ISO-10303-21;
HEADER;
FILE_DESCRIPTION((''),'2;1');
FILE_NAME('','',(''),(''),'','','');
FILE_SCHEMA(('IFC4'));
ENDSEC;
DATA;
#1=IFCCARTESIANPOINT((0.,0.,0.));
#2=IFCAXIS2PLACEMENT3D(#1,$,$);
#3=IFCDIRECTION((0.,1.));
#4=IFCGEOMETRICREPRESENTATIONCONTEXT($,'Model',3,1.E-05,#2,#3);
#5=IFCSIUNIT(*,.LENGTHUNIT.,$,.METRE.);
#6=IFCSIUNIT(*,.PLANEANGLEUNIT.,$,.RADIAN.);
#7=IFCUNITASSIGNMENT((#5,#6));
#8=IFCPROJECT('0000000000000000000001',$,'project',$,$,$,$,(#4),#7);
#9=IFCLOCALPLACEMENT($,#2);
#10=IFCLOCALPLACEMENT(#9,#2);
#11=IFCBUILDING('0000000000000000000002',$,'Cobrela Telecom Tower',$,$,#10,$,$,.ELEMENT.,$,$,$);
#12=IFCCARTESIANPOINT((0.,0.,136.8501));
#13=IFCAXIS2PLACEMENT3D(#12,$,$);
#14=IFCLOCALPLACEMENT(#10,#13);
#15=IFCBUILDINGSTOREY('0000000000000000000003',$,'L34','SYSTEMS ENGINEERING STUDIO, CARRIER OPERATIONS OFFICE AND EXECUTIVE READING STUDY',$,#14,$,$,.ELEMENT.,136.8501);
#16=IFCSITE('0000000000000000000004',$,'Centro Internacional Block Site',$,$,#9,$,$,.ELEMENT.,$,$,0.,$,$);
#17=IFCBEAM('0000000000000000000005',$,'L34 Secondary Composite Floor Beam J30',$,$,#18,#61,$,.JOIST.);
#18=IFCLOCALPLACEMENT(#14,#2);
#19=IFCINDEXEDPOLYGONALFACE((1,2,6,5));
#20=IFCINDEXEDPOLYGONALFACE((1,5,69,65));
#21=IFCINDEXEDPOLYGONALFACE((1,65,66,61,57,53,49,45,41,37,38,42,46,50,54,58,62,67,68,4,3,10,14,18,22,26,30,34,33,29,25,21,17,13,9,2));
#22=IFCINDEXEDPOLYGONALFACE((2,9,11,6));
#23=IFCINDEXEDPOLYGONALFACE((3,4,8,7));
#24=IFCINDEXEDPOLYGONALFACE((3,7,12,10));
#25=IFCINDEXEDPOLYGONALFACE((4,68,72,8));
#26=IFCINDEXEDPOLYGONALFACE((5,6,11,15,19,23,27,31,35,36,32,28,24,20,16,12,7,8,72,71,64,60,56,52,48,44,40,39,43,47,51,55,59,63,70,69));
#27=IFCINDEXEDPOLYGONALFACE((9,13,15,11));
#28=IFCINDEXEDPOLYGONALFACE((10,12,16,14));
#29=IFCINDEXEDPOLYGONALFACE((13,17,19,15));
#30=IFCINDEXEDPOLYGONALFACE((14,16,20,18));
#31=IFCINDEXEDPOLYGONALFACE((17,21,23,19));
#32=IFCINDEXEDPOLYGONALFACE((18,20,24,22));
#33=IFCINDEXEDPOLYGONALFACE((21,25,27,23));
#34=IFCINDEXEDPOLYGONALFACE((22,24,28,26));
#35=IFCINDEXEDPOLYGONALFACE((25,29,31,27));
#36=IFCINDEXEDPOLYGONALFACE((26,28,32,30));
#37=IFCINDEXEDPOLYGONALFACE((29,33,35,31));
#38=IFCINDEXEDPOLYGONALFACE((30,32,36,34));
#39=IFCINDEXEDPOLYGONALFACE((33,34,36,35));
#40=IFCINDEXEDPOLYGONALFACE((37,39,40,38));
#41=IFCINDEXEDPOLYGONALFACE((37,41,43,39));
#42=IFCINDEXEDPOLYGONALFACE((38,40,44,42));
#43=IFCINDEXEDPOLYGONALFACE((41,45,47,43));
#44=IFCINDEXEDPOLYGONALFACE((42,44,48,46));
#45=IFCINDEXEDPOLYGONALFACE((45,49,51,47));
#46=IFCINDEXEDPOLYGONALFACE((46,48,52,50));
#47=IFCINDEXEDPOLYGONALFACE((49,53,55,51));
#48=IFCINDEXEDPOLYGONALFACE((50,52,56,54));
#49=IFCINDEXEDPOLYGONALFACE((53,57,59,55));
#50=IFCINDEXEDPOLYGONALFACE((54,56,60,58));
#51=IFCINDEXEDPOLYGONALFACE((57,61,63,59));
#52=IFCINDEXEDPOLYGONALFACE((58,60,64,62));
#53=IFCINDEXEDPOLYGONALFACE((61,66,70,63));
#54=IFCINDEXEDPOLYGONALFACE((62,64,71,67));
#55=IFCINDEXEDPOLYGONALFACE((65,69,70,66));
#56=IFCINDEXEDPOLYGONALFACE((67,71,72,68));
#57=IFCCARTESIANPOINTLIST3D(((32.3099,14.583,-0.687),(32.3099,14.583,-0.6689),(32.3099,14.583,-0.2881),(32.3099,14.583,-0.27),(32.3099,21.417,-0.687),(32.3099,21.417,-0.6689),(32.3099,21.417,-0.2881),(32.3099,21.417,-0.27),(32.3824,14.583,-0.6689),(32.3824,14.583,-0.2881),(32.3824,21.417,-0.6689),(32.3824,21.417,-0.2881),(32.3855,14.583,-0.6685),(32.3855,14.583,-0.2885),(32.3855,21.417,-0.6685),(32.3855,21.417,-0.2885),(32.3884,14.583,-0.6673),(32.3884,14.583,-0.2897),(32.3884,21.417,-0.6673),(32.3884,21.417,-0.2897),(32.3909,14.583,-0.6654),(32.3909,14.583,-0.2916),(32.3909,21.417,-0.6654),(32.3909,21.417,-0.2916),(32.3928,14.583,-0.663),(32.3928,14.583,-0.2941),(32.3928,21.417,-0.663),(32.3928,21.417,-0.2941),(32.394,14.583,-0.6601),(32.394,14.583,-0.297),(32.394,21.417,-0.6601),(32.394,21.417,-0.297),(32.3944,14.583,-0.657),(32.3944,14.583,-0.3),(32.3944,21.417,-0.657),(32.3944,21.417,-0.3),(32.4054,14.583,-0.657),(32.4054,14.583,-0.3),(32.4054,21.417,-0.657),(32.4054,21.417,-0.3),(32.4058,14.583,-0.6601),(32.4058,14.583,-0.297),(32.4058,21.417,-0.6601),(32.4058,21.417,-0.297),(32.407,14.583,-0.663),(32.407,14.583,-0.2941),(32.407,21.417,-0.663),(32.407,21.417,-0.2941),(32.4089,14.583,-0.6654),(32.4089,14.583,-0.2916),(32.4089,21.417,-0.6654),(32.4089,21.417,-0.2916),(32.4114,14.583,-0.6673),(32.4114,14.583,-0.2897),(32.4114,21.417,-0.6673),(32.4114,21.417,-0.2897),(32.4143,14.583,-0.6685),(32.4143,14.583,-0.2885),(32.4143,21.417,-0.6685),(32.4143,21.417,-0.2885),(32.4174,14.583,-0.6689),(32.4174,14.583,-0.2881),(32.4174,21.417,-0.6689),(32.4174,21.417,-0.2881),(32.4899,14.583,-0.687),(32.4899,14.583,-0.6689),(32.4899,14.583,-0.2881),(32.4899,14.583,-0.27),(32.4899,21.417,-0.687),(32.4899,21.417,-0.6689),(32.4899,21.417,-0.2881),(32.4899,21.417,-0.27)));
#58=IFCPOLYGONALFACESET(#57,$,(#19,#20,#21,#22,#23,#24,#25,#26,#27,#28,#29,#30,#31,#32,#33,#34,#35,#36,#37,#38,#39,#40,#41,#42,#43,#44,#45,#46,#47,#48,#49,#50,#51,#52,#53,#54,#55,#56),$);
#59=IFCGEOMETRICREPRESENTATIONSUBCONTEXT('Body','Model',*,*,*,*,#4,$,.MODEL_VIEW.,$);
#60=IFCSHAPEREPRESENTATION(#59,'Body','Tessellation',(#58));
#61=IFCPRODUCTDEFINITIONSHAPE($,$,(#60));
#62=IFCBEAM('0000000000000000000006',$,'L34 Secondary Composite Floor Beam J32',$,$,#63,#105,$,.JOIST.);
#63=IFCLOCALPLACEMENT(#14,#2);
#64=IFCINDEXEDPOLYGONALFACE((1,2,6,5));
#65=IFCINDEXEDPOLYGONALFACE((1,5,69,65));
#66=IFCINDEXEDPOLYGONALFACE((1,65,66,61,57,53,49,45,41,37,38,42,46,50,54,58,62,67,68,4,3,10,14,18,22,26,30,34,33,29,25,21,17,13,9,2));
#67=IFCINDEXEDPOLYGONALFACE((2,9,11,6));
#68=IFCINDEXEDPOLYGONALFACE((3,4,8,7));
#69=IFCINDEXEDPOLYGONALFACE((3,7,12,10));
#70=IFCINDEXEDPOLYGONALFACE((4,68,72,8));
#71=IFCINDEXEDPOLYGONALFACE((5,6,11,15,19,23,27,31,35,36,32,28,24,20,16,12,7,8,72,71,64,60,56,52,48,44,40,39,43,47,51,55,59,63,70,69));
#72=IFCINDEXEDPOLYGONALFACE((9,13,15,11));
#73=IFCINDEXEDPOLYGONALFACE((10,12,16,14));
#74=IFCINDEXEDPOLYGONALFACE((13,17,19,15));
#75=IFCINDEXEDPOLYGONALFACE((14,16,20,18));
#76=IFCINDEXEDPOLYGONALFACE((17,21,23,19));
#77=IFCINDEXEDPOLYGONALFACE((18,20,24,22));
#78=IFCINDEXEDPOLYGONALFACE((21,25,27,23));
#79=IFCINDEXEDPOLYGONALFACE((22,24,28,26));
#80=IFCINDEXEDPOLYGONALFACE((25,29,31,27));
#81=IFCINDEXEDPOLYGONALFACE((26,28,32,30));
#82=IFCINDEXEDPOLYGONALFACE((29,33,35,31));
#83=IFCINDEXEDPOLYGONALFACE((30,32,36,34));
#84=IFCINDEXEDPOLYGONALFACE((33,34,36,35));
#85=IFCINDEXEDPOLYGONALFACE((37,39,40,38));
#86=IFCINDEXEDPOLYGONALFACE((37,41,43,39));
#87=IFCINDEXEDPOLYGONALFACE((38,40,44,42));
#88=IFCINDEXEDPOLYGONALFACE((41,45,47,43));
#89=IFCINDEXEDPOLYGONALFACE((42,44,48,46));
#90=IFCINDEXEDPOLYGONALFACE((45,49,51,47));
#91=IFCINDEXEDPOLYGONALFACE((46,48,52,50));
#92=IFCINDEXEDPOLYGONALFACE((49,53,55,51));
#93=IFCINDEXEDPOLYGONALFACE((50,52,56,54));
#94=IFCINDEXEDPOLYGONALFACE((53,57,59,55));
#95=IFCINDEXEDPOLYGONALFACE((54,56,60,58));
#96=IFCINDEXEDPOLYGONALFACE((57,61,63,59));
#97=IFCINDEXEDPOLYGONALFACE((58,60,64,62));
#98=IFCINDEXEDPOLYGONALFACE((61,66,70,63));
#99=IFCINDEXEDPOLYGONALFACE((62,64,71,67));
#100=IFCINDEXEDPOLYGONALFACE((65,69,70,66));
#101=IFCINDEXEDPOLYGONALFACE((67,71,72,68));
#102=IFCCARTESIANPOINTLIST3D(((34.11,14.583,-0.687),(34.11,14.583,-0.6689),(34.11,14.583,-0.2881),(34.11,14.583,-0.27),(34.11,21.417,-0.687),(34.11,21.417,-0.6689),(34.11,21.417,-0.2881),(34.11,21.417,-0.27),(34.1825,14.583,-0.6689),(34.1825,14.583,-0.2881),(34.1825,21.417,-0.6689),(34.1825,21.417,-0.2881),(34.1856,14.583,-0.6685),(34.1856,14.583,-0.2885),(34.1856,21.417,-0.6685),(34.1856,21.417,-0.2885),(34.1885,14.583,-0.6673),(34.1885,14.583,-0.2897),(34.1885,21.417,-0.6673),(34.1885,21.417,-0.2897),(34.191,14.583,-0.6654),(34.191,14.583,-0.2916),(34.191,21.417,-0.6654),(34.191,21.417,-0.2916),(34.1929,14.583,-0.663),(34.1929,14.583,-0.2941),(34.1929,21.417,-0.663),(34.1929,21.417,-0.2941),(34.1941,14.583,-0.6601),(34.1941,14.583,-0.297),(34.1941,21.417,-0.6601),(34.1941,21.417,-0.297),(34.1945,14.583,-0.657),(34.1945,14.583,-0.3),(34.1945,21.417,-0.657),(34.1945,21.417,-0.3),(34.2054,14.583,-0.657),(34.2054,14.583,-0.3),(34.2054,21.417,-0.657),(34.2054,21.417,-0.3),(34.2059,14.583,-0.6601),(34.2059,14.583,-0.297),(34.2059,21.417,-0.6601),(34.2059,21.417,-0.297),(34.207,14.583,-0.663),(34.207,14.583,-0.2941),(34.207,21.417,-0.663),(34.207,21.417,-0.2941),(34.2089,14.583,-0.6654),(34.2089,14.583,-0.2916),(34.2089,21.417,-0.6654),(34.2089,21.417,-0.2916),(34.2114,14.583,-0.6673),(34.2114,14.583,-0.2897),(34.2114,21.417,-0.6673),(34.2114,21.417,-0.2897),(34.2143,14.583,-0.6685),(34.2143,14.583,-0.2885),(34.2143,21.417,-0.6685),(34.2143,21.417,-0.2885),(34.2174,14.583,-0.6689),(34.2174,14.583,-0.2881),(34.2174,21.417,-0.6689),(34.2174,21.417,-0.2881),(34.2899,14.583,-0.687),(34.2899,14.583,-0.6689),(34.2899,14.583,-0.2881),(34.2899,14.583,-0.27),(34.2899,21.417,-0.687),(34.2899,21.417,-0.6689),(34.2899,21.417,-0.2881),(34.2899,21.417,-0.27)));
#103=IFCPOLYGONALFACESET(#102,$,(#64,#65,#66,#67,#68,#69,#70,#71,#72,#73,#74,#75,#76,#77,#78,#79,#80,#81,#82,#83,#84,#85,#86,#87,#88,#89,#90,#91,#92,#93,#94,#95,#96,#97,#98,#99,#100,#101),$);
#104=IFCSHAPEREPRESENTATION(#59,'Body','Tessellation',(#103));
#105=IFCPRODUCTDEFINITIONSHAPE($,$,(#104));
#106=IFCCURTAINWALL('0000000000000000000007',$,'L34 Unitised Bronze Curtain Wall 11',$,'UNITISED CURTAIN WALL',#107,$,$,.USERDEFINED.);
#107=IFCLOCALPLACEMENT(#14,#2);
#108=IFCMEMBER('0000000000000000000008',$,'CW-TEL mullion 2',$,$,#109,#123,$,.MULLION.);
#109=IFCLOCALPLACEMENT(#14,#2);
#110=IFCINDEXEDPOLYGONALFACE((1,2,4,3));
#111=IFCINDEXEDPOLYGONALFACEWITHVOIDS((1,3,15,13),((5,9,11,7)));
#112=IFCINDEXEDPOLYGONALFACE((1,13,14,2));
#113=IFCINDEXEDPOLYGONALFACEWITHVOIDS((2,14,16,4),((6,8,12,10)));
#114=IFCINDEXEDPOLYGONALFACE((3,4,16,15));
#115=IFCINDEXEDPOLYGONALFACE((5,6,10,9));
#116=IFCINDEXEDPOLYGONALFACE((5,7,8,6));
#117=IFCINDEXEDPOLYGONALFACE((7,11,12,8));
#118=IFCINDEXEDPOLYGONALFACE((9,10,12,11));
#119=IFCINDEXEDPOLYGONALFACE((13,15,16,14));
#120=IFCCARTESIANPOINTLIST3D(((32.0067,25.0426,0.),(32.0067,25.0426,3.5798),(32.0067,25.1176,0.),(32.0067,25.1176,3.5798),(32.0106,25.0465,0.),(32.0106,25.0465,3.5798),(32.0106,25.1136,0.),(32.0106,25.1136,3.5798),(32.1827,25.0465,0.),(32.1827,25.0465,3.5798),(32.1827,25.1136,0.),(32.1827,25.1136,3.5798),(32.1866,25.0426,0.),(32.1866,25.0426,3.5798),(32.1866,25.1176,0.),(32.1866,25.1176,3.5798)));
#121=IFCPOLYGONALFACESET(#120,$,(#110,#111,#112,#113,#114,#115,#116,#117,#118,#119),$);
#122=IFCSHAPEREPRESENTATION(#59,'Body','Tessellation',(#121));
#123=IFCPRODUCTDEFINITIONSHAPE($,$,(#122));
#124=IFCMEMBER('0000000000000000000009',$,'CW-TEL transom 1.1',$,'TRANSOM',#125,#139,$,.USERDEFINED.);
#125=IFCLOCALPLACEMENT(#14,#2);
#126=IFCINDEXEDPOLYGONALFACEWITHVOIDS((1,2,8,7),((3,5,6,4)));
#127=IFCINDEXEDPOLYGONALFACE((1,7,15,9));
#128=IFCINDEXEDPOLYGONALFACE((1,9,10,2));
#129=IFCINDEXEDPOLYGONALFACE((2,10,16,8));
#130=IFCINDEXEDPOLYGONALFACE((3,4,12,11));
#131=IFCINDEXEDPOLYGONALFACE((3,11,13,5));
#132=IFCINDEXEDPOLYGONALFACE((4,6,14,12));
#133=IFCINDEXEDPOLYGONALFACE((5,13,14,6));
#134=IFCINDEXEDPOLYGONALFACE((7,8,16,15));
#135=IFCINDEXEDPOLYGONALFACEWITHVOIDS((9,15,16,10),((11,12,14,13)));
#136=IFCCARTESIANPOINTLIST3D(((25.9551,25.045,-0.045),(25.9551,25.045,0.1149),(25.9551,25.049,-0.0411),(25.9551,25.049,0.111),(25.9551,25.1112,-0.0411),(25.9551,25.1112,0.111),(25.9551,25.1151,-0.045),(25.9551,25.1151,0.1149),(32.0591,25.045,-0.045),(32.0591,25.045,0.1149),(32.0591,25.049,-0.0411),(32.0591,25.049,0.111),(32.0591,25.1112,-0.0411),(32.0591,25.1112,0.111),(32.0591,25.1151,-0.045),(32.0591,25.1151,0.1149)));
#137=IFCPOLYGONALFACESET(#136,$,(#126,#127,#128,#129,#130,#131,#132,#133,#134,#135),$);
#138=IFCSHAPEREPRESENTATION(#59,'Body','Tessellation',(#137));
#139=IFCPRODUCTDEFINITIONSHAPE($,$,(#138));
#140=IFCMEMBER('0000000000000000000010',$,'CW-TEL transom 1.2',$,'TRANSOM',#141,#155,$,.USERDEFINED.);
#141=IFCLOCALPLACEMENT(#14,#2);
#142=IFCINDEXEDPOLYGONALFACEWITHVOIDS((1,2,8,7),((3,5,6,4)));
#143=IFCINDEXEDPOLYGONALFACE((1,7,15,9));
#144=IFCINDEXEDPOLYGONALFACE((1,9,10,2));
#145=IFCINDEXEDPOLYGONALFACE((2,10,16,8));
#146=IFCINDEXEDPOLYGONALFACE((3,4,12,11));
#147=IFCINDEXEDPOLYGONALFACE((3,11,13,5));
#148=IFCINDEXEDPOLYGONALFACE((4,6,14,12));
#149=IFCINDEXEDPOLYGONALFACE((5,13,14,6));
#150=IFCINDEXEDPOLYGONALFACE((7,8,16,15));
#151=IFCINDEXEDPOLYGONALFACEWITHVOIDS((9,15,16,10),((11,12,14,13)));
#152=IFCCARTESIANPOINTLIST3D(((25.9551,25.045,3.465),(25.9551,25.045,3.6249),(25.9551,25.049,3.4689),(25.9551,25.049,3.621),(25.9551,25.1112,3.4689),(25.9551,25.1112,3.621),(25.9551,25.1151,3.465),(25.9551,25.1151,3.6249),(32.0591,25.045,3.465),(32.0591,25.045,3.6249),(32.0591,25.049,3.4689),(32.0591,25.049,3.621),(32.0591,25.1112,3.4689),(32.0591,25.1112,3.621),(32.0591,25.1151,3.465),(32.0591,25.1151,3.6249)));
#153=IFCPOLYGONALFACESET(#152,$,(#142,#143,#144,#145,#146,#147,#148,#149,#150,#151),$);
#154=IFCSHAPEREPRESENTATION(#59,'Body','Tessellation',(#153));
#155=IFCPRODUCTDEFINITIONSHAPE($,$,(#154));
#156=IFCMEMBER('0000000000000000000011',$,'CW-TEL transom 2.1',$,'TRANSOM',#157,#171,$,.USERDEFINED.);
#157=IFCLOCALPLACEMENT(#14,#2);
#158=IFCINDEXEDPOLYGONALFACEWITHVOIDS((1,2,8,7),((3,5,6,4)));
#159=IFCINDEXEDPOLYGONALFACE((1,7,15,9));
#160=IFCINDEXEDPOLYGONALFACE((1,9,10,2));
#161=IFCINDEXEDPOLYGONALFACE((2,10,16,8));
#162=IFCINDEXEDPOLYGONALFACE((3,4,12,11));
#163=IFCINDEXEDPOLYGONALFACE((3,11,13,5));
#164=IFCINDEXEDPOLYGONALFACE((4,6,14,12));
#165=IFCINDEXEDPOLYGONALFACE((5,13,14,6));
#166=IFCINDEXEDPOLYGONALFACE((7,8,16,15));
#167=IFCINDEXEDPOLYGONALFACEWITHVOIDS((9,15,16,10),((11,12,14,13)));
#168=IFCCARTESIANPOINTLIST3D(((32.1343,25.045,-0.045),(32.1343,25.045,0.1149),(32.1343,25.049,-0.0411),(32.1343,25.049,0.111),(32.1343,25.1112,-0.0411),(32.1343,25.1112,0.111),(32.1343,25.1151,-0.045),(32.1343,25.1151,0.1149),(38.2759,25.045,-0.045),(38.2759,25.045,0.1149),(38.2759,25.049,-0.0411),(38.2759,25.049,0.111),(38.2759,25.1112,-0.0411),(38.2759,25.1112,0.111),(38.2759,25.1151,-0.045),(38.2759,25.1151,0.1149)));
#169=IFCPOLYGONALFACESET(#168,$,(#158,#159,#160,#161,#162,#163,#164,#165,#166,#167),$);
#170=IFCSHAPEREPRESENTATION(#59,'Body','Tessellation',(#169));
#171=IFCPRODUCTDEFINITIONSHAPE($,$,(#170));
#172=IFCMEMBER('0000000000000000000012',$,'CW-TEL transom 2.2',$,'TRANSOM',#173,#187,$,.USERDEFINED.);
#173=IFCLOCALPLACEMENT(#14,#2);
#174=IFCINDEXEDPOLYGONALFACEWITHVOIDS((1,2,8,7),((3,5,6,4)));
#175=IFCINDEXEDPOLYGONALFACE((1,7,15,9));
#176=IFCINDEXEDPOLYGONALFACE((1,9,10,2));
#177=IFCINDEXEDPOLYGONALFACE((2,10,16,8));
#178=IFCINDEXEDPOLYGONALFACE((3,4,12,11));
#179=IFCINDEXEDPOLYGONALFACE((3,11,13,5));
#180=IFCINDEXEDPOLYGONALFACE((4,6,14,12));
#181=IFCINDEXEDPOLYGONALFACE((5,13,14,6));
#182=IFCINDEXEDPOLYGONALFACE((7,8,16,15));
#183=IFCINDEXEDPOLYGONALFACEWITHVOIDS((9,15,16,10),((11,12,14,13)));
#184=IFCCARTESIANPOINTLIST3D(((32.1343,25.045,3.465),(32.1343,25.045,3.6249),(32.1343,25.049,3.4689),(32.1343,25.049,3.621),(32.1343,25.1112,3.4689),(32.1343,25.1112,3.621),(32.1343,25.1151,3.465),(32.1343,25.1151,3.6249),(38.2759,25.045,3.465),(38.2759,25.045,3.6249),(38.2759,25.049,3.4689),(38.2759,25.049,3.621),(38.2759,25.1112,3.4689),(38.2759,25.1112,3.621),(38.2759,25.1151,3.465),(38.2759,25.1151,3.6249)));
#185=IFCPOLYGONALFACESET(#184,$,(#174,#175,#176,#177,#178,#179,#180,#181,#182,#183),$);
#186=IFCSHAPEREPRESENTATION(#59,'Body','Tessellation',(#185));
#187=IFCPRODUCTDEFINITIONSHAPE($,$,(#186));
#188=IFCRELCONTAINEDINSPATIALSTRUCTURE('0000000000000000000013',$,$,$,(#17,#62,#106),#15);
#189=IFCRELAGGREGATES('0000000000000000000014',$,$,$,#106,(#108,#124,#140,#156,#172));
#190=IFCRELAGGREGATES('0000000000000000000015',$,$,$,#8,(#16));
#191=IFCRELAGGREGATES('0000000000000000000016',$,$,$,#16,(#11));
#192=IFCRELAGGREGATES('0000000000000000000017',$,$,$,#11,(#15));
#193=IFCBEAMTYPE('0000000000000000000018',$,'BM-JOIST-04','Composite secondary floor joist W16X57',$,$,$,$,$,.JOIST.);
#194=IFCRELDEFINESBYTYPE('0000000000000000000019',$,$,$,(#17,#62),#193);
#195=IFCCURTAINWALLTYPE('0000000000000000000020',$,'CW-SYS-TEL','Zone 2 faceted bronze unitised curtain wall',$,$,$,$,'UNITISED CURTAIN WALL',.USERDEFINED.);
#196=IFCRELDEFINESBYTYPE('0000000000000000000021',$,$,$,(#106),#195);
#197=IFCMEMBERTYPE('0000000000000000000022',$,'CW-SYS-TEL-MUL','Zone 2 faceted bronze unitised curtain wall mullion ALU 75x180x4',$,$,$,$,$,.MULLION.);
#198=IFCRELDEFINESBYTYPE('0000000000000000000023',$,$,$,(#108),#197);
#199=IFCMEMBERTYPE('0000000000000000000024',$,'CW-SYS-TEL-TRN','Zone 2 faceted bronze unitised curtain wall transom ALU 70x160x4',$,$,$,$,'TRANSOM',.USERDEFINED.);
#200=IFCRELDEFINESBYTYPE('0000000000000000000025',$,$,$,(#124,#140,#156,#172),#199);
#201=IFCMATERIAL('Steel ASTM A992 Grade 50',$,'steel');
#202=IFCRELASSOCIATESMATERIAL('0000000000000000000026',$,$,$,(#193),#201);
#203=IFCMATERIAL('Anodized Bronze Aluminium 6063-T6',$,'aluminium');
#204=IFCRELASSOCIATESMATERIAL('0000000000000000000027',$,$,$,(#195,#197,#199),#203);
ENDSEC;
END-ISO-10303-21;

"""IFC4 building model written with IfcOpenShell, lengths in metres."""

from ifc_helpers import new_model, si_unit, direction, frame, origin, origin_2d, place, context, subcontext, project, spatial, hollow_rectangle, i_section, extrude, material, material_profile, profile_set, type_object, element, aggregate, save


model = new_model("IFC4")

# Units and contexts
model_context = context("Model", 3, precision=1e-05, world=origin(), true_north=direction((0.0, 1.0)))
body_context = subcontext(model_context, "Body", "Model", "MODEL_VIEW")
ifc_project = project(units=[si_unit("LENGTHUNIT", "METRE"), si_unit("PLANEANGLEUNIT", "RADIAN")], contexts=[model_context])

# Site, building, storey
site_placement = place(None, origin())
site = spatial("IfcSite", under=ifc_project, at=site_placement, Name="Centro Internacional Block Site", CompositionType="ELEMENT", RefElevation=0.0)
building_placement = place(site_placement, origin())
building = spatial("IfcBuilding", under=site, at=building_placement, Name="Cobrela Telecom Tower", CompositionType="ELEMENT")
storey_placement = place(building_placement, frame((0.0, 0.0, 136.8501)))
storey = spatial("IfcBuildingStorey", under=building, at=storey_placement, Name="L34", Description="SYSTEMS ENGINEERING STUDIO, CARRIER OPERATIONS OFFICE AND EXECUTIVE READING STUDY", CompositionType="ELEMENT", Elevation=136.8501)

# Shared definitions
ifc_material_1 = material(Name="Steel ASTM A992 Grade 50", Category="steel")

# Beams
ifc_material_profile_1 = material_profile(ifc_material_1, i_section(OverallWidth=0.1799, OverallDepth=0.417, WebThickness=0.011, FlangeThickness=0.0181, FilletRadius=0.012, at=origin_2d()), Name="W16X57")
ifc_profile_set_1 = profile_set([ifc_material_profile_1], Name="Steel ASTM A992 Grade 50")
beam_type_1 = type_object("IfcBeamType", Name="BM-JOIST-04", Description="Composite secondary floor joist W16X57", PredefinedType="JOIST", material=ifc_profile_set_1)
for number, where, z_axis, x_axis, name in (
    (1, (32.3999, 14.583, -0.4785), (0.0, 1.0, 0.0), (-1.0, 0.0, 0.0), "L34 Secondary Composite Floor Beam J30"),
    (2, (34.2, 14.583, -0.4785), (0.0, 1.0, 0.0), (-1.0, 0.0, 0.0), "L34 Secondary Composite Floor Beam J32"),
):
    element("IfcBeam", number, at=place(storey_placement, frame(where, z_axis=z_axis, x_axis=x_axis)), inside=storey, type_object=beam_type_1, Name=name, PredefinedType="JOIST", context=body_context, shape_type="SweptSolid", body=[
        extrude(i_section(OverallWidth=0.1799, OverallDepth=0.417, WebThickness=0.011, FlangeThickness=0.0181, FilletRadius=0.012, at=origin_2d()), origin(), (0.0, 0.0, 1.0), 6.834),
    ])

# Curtain wall, members
ifc_material_2 = material(Name="Anodized Bronze Aluminium 6063-T6", Category="aluminium")
curtain_wall_type = type_object("IfcCurtainWallType", Name="CW-SYS-TEL", Description="Zone 2 faceted bronze unitised curtain wall", ElementType="UNITISED CURTAIN WALL", PredefinedType="USERDEFINED", material=ifc_material_2)
curtain_wall_placement = place(storey_placement, origin())
curtain_wall = element("IfcCurtainWall", 3, at=curtain_wall_placement, inside=storey, type_object=curtain_wall_type, Name="L34 Unitised Bronze Curtain Wall 11", ObjectType="UNITISED CURTAIN WALL", PredefinedType="USERDEFINED")
ifc_material_profile_2 = material_profile(ifc_material_2, hollow_rectangle(XDim=0.075, YDim=0.1799, WallThickness=0.0039, at=origin_2d()), Name="ALU 75x180x4")
ifc_profile_set_2 = profile_set([ifc_material_profile_2], Name="Anodized Bronze Aluminium 6063-T6")
member_type_1 = type_object("IfcMemberType", Name="CW-SYS-TEL-MUL", Description="Zone 2 faceted bronze unitised curtain wall mullion ALU 75x180x4", PredefinedType="MULLION", material=ifc_profile_set_2)
member_1_placement = place(storey_placement, frame((32.0967, 25.0801, 0.0), z_axis=(0.0, 0.0, 1.0), x_axis=(0.0, 1.0, 0.0)))
member_1 = element("IfcMember", 4, at=member_1_placement, type_object=member_type_1, Name="CW-TEL mullion 2", PredefinedType="MULLION", context=body_context, shape_type="SweptSolid", body=[
    extrude(hollow_rectangle(XDim=0.075, YDim=0.1799, WallThickness=0.0039, at=origin_2d()), origin(), (0.0, 0.0, 1.0), 3.5798),
])
ifc_material_profile_3 = material_profile(ifc_material_2, hollow_rectangle(XDim=0.0701, YDim=0.1599, WallThickness=0.0039, at=origin_2d()), Name="ALU 70x160x4")
ifc_profile_set_3 = profile_set([ifc_material_profile_3], Name="Anodized Bronze Aluminium 6063-T6")
member_type_2 = type_object("IfcMemberType", Name="CW-SYS-TEL-TRN", Description="Zone 2 faceted bronze unitised curtain wall transom ALU 70x160x4", ElementType="TRANSOM", PredefinedType="USERDEFINED", material=ifc_profile_set_3)
member_2_placement = place(storey_placement, frame((25.9551, 25.0801, 0.0349), z_axis=(1.0, 0.0, 0.0), x_axis=(0.0, 1.0, 0.0)))
member_2 = element("IfcMember", 5, at=member_2_placement, type_object=member_type_2, Name="CW-TEL transom 1.1", ObjectType="TRANSOM", PredefinedType="USERDEFINED", context=body_context, shape_type="SweptSolid", body=[
    extrude(hollow_rectangle(XDim=0.0701, YDim=0.1599, WallThickness=0.0039, at=origin_2d()), origin(), (0.0, 0.0, 1.0), 6.104),
])
member_3_placement = place(storey_placement, frame((25.9551, 25.0801, 3.5449), z_axis=(1.0, 0.0, 0.0), x_axis=(0.0, 1.0, 0.0)))
member_3 = element("IfcMember", 6, at=member_3_placement, type_object=member_type_2, Name="CW-TEL transom 1.2", ObjectType="TRANSOM", PredefinedType="USERDEFINED", context=body_context, shape_type="SweptSolid", body=[
    extrude(hollow_rectangle(XDim=0.0701, YDim=0.1599, WallThickness=0.0039, at=origin_2d()), origin(), (0.0, 0.0, 1.0), 6.104),
])
member_4_placement = place(storey_placement, frame((32.1343, 25.0801, 0.0349), z_axis=(1.0, 0.0, 0.0), x_axis=(0.0, 1.0, 0.0)))
member_4 = element("IfcMember", 7, at=member_4_placement, type_object=member_type_2, Name="CW-TEL transom 2.1", ObjectType="TRANSOM", PredefinedType="USERDEFINED", context=body_context, shape_type="SweptSolid", body=[
    extrude(hollow_rectangle(XDim=0.0701, YDim=0.1599, WallThickness=0.0039, at=origin_2d()), origin(), (0.0, 0.0, 1.0), 6.1416),
])
member_5_placement = place(storey_placement, frame((32.1343, 25.0801, 3.5449), z_axis=(1.0, 0.0, 0.0), x_axis=(0.0, 1.0, 0.0)))
member_5 = element("IfcMember", 8, at=member_5_placement, type_object=member_type_2, Name="CW-TEL transom 2.2", ObjectType="TRANSOM", PredefinedType="USERDEFINED", context=body_context, shape_type="SweptSolid", body=[
    extrude(hollow_rectangle(XDim=0.0701, YDim=0.1599, WallThickness=0.0039, at=origin_2d()), origin(), (0.0, 0.0, 1.0), 6.1416),
])
aggregate(curtain_wall, [member_1, member_2, member_3, member_4, member_5])

save(model, "model.ifc")
